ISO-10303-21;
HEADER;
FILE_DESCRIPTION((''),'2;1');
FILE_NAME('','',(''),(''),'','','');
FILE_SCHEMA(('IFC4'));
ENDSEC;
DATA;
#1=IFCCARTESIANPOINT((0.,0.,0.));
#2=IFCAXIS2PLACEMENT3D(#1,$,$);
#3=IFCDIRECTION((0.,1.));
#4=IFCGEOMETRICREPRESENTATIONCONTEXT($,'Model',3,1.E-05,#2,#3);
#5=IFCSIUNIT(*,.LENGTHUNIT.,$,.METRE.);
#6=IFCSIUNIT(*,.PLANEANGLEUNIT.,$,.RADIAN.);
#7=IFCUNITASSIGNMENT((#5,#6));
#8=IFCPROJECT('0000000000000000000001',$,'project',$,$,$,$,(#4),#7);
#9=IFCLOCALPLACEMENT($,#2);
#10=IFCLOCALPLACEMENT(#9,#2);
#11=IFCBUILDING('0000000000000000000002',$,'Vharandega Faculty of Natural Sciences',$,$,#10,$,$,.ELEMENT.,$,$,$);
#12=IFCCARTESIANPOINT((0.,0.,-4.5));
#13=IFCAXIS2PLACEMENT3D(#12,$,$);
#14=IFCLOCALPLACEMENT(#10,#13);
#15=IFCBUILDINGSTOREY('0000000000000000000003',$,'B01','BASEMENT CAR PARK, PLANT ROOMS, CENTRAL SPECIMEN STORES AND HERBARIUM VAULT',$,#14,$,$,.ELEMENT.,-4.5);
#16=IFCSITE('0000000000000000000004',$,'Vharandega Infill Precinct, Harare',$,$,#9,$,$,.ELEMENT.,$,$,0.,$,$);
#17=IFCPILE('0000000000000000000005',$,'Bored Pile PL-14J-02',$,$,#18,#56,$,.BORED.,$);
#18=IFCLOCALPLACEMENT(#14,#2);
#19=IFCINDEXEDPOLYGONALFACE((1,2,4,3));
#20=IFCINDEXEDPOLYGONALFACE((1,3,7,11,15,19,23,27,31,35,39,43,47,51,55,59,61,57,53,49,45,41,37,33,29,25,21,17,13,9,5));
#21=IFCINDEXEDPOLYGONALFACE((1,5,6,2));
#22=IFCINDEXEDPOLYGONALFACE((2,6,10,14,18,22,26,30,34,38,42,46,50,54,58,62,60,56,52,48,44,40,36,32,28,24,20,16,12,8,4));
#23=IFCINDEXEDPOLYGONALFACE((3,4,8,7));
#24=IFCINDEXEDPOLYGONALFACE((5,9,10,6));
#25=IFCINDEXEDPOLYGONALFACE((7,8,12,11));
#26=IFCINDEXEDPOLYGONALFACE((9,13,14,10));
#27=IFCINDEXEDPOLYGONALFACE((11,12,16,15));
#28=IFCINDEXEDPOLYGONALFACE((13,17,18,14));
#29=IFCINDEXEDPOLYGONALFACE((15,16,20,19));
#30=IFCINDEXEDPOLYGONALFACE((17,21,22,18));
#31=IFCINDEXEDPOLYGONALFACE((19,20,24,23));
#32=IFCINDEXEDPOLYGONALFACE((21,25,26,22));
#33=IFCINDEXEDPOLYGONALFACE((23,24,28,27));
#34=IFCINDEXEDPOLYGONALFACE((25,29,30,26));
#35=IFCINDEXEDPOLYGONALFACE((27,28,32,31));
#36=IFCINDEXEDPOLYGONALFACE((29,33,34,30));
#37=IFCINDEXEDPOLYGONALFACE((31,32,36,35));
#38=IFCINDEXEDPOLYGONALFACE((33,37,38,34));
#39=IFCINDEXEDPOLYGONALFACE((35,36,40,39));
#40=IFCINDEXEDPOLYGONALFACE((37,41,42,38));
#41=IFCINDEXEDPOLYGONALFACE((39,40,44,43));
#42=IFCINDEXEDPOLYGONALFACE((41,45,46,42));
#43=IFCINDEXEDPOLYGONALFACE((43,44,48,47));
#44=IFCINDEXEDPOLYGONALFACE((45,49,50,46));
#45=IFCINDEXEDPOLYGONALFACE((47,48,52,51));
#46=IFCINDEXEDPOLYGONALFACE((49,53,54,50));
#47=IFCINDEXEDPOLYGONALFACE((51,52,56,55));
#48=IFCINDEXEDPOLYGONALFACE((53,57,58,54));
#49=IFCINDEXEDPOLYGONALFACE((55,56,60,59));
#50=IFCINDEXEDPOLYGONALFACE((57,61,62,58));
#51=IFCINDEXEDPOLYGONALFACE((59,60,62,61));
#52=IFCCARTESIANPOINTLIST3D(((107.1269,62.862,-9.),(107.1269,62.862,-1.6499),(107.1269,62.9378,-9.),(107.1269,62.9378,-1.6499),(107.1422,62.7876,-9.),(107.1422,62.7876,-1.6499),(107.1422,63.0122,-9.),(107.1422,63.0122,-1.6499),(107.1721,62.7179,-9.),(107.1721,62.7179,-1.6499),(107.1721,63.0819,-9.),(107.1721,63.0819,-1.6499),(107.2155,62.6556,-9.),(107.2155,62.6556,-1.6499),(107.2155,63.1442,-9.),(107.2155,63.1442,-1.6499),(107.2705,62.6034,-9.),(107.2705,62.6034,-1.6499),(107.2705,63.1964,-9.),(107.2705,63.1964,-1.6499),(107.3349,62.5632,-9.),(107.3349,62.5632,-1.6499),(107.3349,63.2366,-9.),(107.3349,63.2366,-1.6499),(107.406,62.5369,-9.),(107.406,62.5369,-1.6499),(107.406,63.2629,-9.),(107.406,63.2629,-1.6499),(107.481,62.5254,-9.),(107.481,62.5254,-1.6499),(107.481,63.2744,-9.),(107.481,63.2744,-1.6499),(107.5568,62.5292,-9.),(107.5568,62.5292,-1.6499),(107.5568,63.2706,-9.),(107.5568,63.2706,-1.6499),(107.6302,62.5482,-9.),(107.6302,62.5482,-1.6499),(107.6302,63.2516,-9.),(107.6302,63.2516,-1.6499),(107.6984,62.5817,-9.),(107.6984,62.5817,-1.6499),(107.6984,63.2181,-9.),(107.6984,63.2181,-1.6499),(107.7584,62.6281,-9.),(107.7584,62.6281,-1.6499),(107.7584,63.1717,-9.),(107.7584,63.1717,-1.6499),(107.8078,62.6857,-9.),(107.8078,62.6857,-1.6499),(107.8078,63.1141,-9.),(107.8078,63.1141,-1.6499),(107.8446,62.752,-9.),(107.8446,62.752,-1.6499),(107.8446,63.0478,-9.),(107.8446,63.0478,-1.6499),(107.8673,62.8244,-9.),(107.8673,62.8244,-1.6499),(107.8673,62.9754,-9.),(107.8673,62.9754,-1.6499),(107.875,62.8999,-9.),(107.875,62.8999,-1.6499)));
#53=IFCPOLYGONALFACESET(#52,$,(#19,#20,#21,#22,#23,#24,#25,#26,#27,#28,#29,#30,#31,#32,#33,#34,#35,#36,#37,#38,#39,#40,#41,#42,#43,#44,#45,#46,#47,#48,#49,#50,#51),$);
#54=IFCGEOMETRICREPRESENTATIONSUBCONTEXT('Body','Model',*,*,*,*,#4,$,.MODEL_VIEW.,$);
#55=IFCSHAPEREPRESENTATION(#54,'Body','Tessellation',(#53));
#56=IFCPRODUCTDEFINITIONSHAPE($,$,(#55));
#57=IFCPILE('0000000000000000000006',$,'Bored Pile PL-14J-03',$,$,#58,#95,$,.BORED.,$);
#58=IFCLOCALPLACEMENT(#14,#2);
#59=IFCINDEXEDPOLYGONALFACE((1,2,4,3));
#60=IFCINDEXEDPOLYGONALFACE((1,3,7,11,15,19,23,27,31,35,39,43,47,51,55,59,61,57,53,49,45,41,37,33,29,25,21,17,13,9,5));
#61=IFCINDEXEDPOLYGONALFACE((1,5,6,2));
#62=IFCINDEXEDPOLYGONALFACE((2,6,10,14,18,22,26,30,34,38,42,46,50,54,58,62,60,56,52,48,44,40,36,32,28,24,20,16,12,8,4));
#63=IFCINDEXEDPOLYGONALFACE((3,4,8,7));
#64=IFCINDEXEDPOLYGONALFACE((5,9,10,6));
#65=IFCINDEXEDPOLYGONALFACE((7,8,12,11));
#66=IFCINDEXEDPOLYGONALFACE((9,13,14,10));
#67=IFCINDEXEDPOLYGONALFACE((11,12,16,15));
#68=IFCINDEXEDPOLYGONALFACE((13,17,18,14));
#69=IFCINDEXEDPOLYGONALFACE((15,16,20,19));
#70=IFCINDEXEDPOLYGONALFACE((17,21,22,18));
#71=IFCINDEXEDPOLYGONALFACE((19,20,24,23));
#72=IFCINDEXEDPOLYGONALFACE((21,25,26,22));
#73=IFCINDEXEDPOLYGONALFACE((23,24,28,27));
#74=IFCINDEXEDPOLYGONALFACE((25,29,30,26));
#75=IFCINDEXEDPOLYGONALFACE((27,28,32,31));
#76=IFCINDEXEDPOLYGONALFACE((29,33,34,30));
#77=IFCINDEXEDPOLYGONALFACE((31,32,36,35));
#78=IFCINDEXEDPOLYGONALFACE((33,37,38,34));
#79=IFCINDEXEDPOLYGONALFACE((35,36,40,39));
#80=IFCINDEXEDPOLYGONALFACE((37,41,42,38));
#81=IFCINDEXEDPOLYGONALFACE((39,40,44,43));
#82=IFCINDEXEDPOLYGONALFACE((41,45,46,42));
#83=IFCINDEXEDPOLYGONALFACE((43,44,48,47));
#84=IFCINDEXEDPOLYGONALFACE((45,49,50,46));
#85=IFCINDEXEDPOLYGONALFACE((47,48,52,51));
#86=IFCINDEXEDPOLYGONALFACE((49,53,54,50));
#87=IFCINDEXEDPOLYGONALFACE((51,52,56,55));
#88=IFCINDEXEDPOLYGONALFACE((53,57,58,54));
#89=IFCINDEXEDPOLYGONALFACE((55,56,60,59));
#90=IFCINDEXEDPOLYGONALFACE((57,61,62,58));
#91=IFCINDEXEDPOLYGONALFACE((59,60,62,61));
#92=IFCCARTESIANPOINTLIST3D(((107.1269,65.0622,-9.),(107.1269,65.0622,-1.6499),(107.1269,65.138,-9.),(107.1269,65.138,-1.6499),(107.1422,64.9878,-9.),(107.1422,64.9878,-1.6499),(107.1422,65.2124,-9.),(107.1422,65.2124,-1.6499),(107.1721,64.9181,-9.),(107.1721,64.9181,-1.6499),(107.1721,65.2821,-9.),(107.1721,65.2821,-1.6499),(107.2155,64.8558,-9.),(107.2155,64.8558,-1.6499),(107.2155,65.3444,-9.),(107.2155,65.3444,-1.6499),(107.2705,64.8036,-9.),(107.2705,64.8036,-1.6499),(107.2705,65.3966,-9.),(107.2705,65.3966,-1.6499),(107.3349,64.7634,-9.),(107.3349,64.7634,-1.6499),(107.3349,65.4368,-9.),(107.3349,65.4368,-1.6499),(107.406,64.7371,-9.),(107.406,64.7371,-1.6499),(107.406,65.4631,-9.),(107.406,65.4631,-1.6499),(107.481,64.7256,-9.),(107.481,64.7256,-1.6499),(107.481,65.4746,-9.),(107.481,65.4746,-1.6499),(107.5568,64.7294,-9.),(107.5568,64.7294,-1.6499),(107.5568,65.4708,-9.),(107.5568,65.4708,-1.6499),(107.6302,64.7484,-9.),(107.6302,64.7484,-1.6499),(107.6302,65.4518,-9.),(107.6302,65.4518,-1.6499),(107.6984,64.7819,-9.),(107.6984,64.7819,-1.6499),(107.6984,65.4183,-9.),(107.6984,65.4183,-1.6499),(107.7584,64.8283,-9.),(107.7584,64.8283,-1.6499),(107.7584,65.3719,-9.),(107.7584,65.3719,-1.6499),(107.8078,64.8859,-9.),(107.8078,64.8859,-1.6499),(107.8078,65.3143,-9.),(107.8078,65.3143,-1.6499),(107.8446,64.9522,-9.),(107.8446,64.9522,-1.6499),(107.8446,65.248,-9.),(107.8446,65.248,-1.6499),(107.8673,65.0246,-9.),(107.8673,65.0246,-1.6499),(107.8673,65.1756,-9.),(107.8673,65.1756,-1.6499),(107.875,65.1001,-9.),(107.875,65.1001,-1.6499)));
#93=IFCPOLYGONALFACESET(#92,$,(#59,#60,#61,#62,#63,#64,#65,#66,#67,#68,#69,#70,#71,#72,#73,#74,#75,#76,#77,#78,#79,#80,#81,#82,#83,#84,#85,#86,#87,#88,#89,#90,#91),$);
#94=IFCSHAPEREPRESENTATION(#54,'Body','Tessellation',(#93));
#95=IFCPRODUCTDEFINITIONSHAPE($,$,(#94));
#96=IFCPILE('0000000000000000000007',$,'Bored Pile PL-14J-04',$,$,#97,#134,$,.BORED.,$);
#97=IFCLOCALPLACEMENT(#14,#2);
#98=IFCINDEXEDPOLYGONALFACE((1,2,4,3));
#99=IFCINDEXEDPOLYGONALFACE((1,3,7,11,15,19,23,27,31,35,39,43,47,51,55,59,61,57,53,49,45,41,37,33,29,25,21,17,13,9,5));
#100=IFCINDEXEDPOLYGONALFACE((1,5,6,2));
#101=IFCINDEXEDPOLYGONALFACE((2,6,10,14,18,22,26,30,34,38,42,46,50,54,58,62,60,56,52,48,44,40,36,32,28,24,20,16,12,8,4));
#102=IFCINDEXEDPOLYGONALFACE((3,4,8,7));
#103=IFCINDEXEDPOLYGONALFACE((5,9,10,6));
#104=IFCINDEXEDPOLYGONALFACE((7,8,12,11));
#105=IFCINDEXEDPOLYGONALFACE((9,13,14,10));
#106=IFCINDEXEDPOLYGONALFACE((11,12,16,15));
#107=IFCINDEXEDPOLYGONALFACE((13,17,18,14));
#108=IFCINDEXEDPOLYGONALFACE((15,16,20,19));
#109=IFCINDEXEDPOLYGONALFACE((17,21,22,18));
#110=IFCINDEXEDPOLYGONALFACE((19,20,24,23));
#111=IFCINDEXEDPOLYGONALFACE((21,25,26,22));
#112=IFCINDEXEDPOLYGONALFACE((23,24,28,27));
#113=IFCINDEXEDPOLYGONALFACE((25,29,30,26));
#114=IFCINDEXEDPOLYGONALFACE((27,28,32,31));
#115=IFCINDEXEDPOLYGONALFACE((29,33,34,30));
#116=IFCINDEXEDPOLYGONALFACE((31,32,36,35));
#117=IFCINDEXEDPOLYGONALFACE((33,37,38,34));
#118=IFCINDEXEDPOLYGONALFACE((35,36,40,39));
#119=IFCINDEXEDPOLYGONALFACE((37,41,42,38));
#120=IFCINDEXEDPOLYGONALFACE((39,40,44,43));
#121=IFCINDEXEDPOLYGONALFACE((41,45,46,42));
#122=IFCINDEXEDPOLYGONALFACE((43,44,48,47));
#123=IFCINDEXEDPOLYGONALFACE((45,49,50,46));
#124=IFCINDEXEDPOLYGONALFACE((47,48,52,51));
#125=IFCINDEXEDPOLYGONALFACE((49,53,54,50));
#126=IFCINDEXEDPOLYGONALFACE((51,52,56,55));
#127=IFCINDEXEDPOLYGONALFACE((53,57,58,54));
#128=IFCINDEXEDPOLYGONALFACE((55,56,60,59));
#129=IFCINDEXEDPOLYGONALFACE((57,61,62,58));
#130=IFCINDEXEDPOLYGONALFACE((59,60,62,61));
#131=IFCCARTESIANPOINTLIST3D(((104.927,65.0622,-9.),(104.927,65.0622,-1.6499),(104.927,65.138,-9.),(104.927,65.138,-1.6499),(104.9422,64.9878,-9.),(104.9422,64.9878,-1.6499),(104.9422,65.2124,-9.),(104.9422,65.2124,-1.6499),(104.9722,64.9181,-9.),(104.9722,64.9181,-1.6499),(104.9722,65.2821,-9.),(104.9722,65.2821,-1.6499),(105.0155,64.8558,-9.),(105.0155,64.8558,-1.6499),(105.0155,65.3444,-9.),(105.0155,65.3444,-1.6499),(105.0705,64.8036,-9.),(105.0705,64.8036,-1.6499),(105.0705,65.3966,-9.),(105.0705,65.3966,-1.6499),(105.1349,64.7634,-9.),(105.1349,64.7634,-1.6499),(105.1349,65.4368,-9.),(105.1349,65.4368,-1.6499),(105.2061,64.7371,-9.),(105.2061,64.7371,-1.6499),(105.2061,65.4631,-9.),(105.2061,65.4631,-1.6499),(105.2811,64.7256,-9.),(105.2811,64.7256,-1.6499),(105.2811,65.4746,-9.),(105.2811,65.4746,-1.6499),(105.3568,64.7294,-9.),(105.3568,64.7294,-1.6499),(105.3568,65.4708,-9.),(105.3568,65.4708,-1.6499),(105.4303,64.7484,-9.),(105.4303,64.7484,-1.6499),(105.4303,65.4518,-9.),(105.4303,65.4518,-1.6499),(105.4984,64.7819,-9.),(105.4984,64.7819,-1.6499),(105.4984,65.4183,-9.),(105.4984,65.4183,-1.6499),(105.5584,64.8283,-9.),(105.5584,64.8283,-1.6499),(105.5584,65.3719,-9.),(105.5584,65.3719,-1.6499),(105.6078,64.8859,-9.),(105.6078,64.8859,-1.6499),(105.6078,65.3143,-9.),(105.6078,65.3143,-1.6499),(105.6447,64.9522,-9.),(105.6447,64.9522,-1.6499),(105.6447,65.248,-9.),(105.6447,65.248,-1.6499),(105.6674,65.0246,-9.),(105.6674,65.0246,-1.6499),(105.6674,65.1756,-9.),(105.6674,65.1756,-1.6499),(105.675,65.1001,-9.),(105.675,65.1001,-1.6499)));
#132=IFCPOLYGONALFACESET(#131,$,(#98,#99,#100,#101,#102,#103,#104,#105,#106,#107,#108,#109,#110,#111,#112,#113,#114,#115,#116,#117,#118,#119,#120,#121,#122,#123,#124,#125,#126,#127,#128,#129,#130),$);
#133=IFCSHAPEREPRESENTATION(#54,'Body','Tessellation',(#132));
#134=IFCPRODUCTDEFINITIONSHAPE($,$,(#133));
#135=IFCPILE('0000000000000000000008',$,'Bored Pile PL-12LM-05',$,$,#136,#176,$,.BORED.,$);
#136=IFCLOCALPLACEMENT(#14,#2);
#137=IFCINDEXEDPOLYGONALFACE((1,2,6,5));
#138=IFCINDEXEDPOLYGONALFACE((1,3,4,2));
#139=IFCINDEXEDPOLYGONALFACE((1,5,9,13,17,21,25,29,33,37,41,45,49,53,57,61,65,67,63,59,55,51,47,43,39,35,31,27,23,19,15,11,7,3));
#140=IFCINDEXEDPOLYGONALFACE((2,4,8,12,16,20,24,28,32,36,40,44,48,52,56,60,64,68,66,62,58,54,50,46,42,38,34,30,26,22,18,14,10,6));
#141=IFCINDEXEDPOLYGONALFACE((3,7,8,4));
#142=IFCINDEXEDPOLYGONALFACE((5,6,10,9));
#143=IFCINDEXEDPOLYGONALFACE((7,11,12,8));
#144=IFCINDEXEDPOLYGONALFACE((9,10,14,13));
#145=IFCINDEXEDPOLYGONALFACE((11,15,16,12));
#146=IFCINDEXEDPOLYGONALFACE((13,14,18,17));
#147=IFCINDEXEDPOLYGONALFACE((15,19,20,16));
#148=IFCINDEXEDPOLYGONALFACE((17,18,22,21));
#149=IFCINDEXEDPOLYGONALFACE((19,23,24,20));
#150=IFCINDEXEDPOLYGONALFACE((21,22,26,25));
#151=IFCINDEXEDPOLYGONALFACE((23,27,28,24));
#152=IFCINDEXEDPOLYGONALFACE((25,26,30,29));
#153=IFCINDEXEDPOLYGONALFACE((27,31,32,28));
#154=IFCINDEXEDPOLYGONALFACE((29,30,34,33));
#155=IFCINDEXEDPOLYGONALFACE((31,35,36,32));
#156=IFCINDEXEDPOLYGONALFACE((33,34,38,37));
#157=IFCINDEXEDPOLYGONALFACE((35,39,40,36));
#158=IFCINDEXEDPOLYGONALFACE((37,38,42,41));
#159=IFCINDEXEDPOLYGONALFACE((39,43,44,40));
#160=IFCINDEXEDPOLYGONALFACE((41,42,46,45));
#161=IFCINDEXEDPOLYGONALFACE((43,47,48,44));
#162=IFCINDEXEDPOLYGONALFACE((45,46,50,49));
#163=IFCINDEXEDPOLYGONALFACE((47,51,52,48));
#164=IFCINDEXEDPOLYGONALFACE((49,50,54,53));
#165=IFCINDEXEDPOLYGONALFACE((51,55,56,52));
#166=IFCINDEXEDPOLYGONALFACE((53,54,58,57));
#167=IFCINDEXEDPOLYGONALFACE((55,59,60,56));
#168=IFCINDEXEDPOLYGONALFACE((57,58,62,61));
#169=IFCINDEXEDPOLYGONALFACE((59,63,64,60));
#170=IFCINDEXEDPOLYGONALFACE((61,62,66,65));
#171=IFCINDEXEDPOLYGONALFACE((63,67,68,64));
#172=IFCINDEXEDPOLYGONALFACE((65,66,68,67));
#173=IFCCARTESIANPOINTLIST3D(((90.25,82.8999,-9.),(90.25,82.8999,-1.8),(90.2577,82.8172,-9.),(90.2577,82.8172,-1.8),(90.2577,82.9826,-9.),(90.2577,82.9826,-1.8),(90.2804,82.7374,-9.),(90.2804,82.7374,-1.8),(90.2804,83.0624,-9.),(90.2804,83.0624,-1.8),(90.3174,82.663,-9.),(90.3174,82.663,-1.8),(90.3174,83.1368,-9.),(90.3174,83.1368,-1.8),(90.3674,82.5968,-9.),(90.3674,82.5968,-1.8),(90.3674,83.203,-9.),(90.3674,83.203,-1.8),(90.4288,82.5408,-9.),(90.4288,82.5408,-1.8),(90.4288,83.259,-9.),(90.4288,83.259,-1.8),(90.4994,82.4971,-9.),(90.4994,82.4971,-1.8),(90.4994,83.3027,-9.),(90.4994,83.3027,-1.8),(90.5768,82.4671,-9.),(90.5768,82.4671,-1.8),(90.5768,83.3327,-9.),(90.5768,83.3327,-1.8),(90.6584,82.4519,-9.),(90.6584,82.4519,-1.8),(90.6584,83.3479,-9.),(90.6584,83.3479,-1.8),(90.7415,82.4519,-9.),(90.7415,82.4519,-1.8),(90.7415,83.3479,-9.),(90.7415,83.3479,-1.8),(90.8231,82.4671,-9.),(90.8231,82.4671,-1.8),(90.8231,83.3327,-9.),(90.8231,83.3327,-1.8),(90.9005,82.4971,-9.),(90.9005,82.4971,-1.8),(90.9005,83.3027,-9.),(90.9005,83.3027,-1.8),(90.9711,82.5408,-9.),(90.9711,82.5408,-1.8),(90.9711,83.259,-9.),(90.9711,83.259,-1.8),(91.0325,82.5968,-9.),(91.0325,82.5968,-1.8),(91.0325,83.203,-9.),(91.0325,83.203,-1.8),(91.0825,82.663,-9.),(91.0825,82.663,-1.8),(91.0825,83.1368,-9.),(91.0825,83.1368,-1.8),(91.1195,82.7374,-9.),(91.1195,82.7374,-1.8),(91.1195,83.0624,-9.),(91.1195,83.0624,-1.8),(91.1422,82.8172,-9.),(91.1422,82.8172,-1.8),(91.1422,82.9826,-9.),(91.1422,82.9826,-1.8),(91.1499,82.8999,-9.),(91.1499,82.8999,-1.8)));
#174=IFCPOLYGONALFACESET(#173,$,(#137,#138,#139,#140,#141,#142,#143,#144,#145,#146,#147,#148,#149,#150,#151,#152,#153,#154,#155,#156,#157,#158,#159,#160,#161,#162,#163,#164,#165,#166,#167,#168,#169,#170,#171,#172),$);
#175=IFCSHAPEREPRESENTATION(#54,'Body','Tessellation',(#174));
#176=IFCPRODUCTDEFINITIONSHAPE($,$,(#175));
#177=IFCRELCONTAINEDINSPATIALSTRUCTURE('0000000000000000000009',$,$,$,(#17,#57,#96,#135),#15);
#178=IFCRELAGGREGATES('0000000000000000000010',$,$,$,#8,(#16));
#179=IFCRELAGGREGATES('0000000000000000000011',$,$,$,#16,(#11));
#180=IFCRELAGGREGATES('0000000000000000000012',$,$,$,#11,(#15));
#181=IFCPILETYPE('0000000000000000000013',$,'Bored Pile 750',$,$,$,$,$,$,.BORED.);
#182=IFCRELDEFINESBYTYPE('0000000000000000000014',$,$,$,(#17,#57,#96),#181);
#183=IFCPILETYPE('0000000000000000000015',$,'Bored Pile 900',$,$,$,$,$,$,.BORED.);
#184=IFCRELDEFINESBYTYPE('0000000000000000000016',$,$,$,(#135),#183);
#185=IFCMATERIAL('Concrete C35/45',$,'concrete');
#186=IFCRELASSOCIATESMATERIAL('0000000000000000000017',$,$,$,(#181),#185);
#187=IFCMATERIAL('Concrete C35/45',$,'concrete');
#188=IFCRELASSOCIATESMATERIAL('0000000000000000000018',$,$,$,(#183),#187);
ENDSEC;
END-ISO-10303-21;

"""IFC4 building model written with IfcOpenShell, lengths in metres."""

from ifc_helpers import new_model, si_unit, direction, frame, origin, origin_2d, place, context, subcontext, project, spatial, circle, extrude, material, material_profile, profile_set, type_object, element, save


model = new_model("IFC4")

# Units and contexts
model_context = context("Model", 3, precision=1e-05, world=origin(), true_north=direction((0.0, 1.0)))
body_context = subcontext(model_context, "Body", "Model", "MODEL_VIEW")
ifc_project = project(units=[si_unit("LENGTHUNIT", "METRE"), si_unit("PLANEANGLEUNIT", "RADIAN")], contexts=[model_context])

# Site, building, storey
site_placement = place(None, origin())
site = spatial("IfcSite", under=ifc_project, at=site_placement, Name="Vharandega Infill Precinct, Harare", CompositionType="ELEMENT", RefElevation=0.0)
building_placement = place(site_placement, origin())
building = spatial("IfcBuilding", under=site, at=building_placement, Name="Vharandega Faculty of Natural Sciences", CompositionType="ELEMENT")
storey_placement = place(building_placement, frame((0.0, 0.0, -4.5)))
storey = spatial("IfcBuildingStorey", under=building, at=storey_placement, Name="B01", Description="BASEMENT CAR PARK, PLANT ROOMS, CENTRAL SPECIMEN STORES AND HERBARIUM VAULT", CompositionType="ELEMENT", Elevation=-4.5)

# Piles
ifc_material_1 = material(Name="Concrete C35/45", Category="concrete")
ifc_material_profile_1 = material_profile(ifc_material_1, circle(Radius=0.375, at=origin_2d()), Name="PILE 750")
ifc_profile_set_1 = profile_set([ifc_material_profile_1], Name="Concrete C35/45")
pile_type_1 = type_object("IfcPileType", Name="Bored Pile 750", PredefinedType="BORED", material=ifc_profile_set_1)
for number, where, z_axis, x_axis, name in (
    (1, (107.5, 62.8999, -1.6499), (0.0, 0.0, -1.0), (1.0, 0.0, 0.0), "Bored Pile PL-14J-02"),
    (2, (107.5, 65.1001, -1.6499), (0.0, 0.0, -1.0), (1.0, 0.0, 0.0), "Bored Pile PL-14J-03"),
    (3, (105.3, 65.1001, -1.6499), (0.0, 0.0, -1.0), (1.0, 0.0, 0.0), "Bored Pile PL-14J-04"),
):
    element("IfcPile", number, at=place(storey_placement, frame(where, z_axis=z_axis, x_axis=x_axis)), inside=storey, type_object=pile_type_1, Name=name, PredefinedType="BORED", context=body_context, shape_type="SweptSolid", body=[
        extrude(circle(Radius=0.375, at=origin_2d()), origin(), (0.0, 0.0, 1.0), 7.3501),
    ])
ifc_material_2 = material(Name="Concrete C35/45", Category="concrete")
ifc_material_profile_2 = material_profile(ifc_material_2, circle(Radius=0.45, at=origin_2d()), Name="PILE 900")
ifc_profile_set_2 = profile_set([ifc_material_profile_2], Name="Concrete C35/45")
pile_type_2 = type_object("IfcPileType", Name="Bored Pile 900", PredefinedType="BORED", material=ifc_profile_set_2)
for number, where, z_axis, x_axis, name in (
    (4, (90.7, 82.8999, -1.8), (0.0, 0.0, -1.0), (1.0, 0.0, 0.0), "Bored Pile PL-12LM-05"),
):
    element("IfcPile", number, at=place(storey_placement, frame(where, z_axis=z_axis, x_axis=x_axis)), inside=storey, type_object=pile_type_2, Name=name, PredefinedType="BORED", context=body_context, shape_type="SweptSolid", body=[
        extrude(circle(Radius=0.45, at=origin_2d()), origin(), (0.0, 0.0, 1.0), 7.2),
    ])

save(model, "model.ifc")
